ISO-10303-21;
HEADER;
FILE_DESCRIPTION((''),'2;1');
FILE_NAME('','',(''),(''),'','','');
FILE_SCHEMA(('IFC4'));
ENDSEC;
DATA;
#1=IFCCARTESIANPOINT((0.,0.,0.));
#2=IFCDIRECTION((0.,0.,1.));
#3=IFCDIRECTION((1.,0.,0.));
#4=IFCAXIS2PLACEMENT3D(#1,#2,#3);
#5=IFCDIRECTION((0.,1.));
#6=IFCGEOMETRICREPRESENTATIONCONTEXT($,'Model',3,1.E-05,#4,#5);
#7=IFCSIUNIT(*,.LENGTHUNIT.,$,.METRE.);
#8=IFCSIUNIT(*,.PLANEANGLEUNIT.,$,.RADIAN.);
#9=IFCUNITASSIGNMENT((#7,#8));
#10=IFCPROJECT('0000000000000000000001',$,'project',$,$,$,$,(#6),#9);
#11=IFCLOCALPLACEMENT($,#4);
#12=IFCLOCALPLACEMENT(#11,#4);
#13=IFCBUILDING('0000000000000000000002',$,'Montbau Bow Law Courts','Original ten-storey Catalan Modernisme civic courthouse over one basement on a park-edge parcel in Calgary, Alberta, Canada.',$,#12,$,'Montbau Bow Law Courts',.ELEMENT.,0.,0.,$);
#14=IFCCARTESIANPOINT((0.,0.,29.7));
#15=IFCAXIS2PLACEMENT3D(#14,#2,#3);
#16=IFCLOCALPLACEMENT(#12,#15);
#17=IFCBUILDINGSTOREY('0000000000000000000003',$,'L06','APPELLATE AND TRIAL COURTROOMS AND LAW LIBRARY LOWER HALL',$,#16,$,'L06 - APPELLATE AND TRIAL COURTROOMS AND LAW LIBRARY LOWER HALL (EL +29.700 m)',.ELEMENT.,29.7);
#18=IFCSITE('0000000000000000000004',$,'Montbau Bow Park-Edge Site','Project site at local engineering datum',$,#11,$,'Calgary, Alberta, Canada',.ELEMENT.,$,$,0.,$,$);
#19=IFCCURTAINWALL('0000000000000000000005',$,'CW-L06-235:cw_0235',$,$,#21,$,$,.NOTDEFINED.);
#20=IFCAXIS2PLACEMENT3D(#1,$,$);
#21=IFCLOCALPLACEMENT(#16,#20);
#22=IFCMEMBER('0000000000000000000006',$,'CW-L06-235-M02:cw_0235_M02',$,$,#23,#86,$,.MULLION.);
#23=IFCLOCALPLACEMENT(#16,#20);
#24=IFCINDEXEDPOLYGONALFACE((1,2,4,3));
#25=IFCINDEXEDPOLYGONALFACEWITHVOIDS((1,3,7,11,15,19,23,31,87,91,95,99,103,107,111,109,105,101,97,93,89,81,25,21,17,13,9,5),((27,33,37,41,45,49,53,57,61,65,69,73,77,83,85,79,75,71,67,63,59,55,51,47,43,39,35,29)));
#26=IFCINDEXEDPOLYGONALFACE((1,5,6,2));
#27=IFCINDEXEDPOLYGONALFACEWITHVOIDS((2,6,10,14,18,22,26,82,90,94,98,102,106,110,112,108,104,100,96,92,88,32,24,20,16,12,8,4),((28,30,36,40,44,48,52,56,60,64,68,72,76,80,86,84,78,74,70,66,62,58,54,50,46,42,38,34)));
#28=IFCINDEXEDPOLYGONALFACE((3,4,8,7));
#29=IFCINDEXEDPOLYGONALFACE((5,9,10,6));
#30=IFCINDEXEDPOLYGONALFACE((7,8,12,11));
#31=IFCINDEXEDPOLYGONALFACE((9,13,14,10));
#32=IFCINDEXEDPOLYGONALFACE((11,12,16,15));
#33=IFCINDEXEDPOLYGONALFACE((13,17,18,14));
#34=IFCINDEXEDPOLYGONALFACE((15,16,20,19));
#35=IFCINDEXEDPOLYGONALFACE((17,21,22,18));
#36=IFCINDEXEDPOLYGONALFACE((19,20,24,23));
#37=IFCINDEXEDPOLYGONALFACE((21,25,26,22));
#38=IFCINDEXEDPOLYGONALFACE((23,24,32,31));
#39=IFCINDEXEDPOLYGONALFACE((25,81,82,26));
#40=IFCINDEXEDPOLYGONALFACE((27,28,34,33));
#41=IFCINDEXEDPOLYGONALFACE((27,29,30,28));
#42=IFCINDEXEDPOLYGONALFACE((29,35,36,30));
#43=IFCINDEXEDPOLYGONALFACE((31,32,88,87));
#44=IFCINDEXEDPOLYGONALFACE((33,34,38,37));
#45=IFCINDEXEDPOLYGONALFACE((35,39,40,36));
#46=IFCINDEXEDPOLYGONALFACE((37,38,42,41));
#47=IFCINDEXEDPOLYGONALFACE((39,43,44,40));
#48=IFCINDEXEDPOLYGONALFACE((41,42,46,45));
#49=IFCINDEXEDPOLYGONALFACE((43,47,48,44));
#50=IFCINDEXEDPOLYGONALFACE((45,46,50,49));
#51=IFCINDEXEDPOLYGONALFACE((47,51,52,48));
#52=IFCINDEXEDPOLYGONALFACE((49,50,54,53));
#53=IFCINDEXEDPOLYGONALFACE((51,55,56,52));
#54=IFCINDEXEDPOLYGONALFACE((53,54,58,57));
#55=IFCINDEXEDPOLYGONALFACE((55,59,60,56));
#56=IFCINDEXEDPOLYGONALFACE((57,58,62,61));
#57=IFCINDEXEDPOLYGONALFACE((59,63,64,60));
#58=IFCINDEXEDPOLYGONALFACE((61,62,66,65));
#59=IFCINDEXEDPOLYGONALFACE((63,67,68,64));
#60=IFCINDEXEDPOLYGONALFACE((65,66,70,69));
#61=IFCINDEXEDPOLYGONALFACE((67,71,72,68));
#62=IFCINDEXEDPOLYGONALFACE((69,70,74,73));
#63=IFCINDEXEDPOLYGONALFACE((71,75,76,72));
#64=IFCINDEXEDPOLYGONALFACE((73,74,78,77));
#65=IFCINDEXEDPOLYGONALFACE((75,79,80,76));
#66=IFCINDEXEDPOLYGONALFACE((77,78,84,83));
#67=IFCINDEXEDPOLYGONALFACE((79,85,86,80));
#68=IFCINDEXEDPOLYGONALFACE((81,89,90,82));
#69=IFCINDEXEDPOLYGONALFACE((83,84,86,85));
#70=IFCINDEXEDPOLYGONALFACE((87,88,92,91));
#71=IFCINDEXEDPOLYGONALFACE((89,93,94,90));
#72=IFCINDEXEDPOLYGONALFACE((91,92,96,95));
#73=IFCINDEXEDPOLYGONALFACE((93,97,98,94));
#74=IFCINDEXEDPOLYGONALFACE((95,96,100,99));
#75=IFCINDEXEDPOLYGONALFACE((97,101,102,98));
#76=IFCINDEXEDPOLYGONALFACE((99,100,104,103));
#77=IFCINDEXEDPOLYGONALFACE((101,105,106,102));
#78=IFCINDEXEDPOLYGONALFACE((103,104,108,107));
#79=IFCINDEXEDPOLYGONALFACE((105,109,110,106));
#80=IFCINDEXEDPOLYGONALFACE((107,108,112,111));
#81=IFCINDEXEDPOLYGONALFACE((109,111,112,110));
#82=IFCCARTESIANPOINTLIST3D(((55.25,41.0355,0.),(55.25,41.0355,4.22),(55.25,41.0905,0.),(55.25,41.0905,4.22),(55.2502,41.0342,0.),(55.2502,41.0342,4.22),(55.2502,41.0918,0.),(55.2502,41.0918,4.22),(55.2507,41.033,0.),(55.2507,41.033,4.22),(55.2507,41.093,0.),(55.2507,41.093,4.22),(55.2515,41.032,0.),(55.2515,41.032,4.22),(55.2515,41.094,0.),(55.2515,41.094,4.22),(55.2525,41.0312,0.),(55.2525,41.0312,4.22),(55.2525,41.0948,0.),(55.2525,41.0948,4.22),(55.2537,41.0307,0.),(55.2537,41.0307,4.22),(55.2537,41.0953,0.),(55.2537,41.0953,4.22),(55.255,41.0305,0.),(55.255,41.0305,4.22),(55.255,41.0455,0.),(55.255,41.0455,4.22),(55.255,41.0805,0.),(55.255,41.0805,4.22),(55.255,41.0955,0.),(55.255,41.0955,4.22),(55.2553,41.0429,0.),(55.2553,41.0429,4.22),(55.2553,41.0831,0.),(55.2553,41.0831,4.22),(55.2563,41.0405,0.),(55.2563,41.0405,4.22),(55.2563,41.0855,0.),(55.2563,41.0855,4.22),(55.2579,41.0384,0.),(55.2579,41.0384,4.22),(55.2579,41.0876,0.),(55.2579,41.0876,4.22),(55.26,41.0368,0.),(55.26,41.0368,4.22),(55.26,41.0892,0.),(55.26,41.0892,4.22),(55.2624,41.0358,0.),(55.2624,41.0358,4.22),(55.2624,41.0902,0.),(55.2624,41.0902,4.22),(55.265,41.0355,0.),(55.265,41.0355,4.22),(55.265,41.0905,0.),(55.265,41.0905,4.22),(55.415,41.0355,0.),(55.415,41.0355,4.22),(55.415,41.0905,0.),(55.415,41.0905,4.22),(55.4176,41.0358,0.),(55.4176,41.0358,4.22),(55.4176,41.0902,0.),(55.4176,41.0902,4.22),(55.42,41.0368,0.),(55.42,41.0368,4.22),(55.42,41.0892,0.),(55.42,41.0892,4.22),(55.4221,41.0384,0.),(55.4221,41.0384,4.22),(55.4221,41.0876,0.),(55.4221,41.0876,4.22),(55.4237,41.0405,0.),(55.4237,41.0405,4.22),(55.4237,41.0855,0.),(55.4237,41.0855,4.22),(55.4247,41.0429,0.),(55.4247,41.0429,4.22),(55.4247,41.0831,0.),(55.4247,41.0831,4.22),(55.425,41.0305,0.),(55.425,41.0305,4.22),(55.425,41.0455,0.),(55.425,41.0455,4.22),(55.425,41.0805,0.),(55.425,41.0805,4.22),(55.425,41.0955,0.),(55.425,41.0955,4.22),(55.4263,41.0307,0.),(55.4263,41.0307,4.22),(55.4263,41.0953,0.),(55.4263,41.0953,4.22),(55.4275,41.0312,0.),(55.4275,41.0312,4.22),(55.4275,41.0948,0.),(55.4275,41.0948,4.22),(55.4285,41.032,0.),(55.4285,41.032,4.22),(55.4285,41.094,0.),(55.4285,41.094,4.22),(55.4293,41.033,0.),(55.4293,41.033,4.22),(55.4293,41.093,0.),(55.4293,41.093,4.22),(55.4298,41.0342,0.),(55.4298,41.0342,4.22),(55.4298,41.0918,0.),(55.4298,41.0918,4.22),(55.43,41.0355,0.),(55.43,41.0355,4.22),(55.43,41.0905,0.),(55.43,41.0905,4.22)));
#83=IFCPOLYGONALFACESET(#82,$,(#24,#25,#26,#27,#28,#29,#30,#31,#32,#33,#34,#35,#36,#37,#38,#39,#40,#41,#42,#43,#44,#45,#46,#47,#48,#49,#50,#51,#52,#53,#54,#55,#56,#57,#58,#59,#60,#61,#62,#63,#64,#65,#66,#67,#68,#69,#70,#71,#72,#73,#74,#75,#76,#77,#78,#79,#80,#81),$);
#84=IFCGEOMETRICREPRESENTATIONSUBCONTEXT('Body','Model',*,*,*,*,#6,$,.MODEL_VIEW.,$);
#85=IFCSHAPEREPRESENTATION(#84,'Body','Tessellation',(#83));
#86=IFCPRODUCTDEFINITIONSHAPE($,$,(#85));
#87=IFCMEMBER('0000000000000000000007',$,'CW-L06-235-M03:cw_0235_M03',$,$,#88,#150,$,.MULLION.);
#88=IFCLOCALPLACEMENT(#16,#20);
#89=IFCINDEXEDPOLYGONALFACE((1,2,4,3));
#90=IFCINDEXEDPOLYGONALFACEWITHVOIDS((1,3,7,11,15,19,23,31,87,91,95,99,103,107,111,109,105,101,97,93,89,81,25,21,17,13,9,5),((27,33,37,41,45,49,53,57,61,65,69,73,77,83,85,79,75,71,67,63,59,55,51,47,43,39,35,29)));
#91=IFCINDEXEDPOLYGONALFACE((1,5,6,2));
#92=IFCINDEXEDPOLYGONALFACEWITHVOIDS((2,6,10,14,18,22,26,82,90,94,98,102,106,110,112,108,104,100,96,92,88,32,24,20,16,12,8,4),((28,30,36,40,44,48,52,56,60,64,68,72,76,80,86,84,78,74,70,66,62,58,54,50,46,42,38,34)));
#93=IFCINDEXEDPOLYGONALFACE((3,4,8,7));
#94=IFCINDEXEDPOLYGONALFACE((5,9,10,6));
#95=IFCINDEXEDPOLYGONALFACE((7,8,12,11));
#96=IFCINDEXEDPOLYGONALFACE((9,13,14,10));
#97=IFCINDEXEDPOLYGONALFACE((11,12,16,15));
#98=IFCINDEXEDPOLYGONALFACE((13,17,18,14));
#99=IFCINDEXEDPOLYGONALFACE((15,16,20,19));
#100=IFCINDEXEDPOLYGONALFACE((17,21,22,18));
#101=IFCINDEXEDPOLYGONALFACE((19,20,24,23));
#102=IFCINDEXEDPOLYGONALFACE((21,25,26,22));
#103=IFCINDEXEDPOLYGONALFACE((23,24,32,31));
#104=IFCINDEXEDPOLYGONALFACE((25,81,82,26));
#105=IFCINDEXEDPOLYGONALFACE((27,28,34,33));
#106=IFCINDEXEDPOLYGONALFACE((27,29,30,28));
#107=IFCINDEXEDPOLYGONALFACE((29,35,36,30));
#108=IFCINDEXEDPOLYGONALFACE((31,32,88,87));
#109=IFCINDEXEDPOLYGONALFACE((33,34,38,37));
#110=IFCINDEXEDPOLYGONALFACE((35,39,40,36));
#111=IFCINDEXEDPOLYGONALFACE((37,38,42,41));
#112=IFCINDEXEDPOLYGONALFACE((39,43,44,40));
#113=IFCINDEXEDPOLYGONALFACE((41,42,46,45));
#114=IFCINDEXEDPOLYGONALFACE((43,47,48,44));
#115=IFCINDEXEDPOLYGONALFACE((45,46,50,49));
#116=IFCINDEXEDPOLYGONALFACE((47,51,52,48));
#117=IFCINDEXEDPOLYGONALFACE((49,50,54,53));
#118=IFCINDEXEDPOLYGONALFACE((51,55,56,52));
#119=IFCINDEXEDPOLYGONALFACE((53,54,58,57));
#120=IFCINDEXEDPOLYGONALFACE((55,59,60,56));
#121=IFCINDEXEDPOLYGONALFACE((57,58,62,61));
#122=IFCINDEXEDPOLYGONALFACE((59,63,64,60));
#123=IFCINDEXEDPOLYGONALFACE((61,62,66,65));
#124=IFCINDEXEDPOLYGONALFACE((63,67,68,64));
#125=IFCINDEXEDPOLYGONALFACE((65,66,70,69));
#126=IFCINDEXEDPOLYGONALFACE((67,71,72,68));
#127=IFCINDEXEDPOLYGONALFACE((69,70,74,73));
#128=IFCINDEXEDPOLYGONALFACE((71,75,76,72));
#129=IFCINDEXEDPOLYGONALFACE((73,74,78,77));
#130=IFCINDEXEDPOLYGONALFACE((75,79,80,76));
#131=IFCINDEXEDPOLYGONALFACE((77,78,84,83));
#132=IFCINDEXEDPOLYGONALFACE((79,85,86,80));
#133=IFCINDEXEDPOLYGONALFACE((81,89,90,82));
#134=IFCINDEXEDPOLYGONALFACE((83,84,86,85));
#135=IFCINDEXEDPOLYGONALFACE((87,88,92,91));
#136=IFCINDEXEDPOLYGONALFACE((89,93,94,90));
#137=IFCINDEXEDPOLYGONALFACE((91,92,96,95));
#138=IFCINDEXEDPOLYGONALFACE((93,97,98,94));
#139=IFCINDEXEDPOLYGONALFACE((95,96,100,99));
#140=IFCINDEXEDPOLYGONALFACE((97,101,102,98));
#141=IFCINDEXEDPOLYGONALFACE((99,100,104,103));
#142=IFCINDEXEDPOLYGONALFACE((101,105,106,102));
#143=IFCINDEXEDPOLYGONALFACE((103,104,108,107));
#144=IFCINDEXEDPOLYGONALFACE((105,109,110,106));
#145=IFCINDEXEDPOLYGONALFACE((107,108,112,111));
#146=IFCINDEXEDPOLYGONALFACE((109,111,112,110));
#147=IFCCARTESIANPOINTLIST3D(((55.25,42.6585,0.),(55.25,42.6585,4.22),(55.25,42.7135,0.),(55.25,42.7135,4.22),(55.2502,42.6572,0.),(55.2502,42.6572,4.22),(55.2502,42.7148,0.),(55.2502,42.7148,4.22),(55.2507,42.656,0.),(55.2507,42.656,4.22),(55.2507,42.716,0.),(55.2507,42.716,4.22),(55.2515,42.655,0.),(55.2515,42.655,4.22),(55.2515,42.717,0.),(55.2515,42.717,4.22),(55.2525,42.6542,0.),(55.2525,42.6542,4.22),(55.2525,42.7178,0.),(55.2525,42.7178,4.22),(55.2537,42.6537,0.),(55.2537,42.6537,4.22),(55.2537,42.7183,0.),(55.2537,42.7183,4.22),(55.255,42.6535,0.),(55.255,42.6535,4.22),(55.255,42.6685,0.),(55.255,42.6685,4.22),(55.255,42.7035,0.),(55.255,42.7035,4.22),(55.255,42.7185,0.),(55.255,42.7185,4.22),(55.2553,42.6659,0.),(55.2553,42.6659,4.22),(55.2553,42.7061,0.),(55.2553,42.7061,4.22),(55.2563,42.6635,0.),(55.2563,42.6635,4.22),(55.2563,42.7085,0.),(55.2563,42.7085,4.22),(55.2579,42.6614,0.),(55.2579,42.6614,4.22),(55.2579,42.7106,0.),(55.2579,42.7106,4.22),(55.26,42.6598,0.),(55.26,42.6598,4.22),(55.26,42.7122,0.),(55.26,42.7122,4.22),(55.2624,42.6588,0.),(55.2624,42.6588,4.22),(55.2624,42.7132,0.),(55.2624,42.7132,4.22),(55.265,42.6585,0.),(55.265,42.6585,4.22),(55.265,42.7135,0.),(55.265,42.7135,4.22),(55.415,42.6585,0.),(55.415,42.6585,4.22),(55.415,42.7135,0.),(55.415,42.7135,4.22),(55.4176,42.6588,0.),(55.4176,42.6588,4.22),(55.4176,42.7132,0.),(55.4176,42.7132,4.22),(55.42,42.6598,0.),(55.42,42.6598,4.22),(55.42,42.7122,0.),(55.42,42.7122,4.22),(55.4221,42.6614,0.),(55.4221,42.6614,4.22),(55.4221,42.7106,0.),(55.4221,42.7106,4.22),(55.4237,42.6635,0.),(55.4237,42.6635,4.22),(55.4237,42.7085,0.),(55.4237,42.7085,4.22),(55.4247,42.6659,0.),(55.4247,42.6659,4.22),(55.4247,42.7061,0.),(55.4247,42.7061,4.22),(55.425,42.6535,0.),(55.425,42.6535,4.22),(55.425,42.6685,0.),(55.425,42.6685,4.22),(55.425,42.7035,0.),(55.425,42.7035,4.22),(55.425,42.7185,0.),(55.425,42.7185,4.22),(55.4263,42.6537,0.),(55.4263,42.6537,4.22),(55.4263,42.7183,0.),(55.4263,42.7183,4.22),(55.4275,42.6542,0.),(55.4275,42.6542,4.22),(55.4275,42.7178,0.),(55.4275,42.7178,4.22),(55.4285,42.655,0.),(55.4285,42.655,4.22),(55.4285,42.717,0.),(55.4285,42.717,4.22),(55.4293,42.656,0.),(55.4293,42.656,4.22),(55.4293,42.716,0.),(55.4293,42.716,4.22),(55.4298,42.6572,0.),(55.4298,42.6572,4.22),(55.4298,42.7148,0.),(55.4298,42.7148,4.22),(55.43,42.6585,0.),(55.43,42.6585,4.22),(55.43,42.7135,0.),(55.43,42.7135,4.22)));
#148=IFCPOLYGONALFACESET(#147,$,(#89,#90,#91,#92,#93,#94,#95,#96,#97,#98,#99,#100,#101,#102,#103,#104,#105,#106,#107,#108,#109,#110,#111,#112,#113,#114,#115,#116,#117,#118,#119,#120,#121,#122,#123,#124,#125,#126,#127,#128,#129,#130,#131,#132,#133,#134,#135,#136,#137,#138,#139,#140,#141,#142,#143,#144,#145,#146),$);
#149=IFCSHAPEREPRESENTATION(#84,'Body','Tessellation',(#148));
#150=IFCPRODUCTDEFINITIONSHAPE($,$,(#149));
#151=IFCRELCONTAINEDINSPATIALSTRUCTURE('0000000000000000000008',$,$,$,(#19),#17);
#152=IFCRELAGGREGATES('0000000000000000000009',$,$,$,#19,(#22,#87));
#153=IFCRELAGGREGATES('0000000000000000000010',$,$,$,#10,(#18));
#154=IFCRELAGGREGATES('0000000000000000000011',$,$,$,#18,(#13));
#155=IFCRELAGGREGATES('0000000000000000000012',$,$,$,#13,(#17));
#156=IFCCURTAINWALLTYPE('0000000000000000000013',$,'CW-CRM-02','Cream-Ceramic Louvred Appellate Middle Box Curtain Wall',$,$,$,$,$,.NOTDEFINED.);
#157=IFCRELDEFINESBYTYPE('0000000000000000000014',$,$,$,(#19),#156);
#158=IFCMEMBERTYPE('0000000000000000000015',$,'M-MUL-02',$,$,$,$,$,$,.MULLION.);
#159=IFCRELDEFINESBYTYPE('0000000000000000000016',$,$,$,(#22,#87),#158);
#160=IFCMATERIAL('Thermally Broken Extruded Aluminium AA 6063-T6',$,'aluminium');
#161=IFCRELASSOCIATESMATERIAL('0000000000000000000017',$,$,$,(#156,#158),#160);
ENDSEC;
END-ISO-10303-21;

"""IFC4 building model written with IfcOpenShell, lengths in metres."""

from ifc_helpers import new_model, si_unit, direction, frame, origin_with_axes, origin_2d_with_axis, place, context, subcontext, project, spatial, hollow_rectangle, extrude, material, material_profile, profile_set, type_object, element, aggregate, save


model = new_model("IFC4")

# Units and contexts
model_context = context("Model", 3, precision=1e-05, world=origin_with_axes(), true_north=direction((0.0, 1.0)))
body_context = subcontext(model_context, "Body", "Model", "MODEL_VIEW")
ifc_project = project(units=[si_unit("LENGTHUNIT", "METRE"), si_unit("PLANEANGLEUNIT", "RADIAN")], contexts=[model_context])

# Site, building, storey
site_placement = place(None, origin_with_axes())
site = spatial("IfcSite", under=ifc_project, at=site_placement, Name="Montbau Bow Park-Edge Site", Description="Project site at local engineering datum", LongName="Calgary, Alberta, Canada", CompositionType="ELEMENT", RefElevation=0.0)
building_placement = place(site_placement, origin_with_axes())
building = spatial("IfcBuilding", under=site, at=building_placement, Name="Montbau Bow Law Courts", Description="Original ten-storey Catalan Modernisme civic courthouse over one basement on a park-edge parcel in Calgary, Alberta, Canada.", LongName="Montbau Bow Law Courts", CompositionType="ELEMENT", ElevationOfRefHeight=0.0, ElevationOfTerrain=0.0)
storey_placement = place(building_placement, frame((0.0, 0.0, 29.7), z_axis=(0.0, 0.0, 1.0), x_axis=(1.0, 0.0, 0.0)))
storey = spatial("IfcBuildingStorey", under=building, at=storey_placement, Name="L06", Description="APPELLATE AND TRIAL COURTROOMS AND LAW LIBRARY LOWER HALL", LongName="L06 - APPELLATE AND TRIAL COURTROOMS AND LAW LIBRARY LOWER HALL (EL +29.700 m)", CompositionType="ELEMENT", Elevation=29.7)

# Shared definitions
ifc_material_1 = material(Name="Thermally Broken Extruded Aluminium AA 6063-T6", Category="aluminium")
curtain_wall_type = type_object("IfcCurtainWallType", Name="CW-CRM-02", Description="Cream-Ceramic Louvred Appellate Middle Box Curtain Wall", PredefinedType="NOTDEFINED", material=ifc_material_1)
ifc_material_profile_1 = material_profile(ifc_material_1, hollow_rectangle(XDim=0.065, YDim=0.18, WallThickness=0.005, InnerFilletRadius=0.01, OuterFilletRadius=0.005, at=origin_2d_with_axis()), Name="CWM-180X65", Category="Main", Priority=0)
ifc_profile_set_1 = profile_set([ifc_material_profile_1], Name="Thermally Broken Extruded Aluminium AA 6063-T6")
member_type_1 = type_object("IfcMemberType", Name="M-MUL-02", PredefinedType="MULLION", material=ifc_profile_set_1)

# Curtain wall, members
curtain_wall_1_placement = place(None, frame((55.34, 39.44, 29.7), z_axis=(0.0, 0.0, 1.0), x_axis=(1.0, 0.0, 0.0)))
curtain_wall_1 = element("IfcCurtainWall", 1, at=curtain_wall_1_placement, inside=storey, type_object=curtain_wall_type, Name="CW-L06-235:cw_0235", PredefinedType="NOTDEFINED")
member_1_placement = place(None, frame((55.34, 41.063, 29.7), z_axis=(0.0, 0.0, 1.0), x_axis=(0.0, 1.0, 0.0)))
member_1 = element("IfcMember", 2, at=member_1_placement, type_object=member_type_1, Name="CW-L06-235-M02:cw_0235_M02", PredefinedType="MULLION", context=body_context, shape_type="SweptSolid", body=[
    extrude(hollow_rectangle(XDim=0.065, YDim=0.18, WallThickness=0.005, InnerFilletRadius=0.01, OuterFilletRadius=0.005, at=origin_2d_with_axis()), origin_with_axes(), (0.0, 0.0, 1.0), 4.22),
])
member_2_placement = place(None, frame((55.34, 42.686, 29.7), z_axis=(0.0, 0.0, 1.0), x_axis=(0.0, 1.0, 0.0)))
member_2 = element("IfcMember", 3, at=member_2_placement, type_object=member_type_1, Name="CW-L06-235-M03:cw_0235_M03", PredefinedType="MULLION", context=body_context, shape_type="SweptSolid", body=[
    extrude(hollow_rectangle(XDim=0.065, YDim=0.18, WallThickness=0.005, InnerFilletRadius=0.01, OuterFilletRadius=0.005, at=origin_2d_with_axis()), origin_with_axes(), (0.0, 0.0, 1.0), 4.22),
])

aggregate(curtain_wall_1, [member_1, member_2])

save(model, "model.ifc")
